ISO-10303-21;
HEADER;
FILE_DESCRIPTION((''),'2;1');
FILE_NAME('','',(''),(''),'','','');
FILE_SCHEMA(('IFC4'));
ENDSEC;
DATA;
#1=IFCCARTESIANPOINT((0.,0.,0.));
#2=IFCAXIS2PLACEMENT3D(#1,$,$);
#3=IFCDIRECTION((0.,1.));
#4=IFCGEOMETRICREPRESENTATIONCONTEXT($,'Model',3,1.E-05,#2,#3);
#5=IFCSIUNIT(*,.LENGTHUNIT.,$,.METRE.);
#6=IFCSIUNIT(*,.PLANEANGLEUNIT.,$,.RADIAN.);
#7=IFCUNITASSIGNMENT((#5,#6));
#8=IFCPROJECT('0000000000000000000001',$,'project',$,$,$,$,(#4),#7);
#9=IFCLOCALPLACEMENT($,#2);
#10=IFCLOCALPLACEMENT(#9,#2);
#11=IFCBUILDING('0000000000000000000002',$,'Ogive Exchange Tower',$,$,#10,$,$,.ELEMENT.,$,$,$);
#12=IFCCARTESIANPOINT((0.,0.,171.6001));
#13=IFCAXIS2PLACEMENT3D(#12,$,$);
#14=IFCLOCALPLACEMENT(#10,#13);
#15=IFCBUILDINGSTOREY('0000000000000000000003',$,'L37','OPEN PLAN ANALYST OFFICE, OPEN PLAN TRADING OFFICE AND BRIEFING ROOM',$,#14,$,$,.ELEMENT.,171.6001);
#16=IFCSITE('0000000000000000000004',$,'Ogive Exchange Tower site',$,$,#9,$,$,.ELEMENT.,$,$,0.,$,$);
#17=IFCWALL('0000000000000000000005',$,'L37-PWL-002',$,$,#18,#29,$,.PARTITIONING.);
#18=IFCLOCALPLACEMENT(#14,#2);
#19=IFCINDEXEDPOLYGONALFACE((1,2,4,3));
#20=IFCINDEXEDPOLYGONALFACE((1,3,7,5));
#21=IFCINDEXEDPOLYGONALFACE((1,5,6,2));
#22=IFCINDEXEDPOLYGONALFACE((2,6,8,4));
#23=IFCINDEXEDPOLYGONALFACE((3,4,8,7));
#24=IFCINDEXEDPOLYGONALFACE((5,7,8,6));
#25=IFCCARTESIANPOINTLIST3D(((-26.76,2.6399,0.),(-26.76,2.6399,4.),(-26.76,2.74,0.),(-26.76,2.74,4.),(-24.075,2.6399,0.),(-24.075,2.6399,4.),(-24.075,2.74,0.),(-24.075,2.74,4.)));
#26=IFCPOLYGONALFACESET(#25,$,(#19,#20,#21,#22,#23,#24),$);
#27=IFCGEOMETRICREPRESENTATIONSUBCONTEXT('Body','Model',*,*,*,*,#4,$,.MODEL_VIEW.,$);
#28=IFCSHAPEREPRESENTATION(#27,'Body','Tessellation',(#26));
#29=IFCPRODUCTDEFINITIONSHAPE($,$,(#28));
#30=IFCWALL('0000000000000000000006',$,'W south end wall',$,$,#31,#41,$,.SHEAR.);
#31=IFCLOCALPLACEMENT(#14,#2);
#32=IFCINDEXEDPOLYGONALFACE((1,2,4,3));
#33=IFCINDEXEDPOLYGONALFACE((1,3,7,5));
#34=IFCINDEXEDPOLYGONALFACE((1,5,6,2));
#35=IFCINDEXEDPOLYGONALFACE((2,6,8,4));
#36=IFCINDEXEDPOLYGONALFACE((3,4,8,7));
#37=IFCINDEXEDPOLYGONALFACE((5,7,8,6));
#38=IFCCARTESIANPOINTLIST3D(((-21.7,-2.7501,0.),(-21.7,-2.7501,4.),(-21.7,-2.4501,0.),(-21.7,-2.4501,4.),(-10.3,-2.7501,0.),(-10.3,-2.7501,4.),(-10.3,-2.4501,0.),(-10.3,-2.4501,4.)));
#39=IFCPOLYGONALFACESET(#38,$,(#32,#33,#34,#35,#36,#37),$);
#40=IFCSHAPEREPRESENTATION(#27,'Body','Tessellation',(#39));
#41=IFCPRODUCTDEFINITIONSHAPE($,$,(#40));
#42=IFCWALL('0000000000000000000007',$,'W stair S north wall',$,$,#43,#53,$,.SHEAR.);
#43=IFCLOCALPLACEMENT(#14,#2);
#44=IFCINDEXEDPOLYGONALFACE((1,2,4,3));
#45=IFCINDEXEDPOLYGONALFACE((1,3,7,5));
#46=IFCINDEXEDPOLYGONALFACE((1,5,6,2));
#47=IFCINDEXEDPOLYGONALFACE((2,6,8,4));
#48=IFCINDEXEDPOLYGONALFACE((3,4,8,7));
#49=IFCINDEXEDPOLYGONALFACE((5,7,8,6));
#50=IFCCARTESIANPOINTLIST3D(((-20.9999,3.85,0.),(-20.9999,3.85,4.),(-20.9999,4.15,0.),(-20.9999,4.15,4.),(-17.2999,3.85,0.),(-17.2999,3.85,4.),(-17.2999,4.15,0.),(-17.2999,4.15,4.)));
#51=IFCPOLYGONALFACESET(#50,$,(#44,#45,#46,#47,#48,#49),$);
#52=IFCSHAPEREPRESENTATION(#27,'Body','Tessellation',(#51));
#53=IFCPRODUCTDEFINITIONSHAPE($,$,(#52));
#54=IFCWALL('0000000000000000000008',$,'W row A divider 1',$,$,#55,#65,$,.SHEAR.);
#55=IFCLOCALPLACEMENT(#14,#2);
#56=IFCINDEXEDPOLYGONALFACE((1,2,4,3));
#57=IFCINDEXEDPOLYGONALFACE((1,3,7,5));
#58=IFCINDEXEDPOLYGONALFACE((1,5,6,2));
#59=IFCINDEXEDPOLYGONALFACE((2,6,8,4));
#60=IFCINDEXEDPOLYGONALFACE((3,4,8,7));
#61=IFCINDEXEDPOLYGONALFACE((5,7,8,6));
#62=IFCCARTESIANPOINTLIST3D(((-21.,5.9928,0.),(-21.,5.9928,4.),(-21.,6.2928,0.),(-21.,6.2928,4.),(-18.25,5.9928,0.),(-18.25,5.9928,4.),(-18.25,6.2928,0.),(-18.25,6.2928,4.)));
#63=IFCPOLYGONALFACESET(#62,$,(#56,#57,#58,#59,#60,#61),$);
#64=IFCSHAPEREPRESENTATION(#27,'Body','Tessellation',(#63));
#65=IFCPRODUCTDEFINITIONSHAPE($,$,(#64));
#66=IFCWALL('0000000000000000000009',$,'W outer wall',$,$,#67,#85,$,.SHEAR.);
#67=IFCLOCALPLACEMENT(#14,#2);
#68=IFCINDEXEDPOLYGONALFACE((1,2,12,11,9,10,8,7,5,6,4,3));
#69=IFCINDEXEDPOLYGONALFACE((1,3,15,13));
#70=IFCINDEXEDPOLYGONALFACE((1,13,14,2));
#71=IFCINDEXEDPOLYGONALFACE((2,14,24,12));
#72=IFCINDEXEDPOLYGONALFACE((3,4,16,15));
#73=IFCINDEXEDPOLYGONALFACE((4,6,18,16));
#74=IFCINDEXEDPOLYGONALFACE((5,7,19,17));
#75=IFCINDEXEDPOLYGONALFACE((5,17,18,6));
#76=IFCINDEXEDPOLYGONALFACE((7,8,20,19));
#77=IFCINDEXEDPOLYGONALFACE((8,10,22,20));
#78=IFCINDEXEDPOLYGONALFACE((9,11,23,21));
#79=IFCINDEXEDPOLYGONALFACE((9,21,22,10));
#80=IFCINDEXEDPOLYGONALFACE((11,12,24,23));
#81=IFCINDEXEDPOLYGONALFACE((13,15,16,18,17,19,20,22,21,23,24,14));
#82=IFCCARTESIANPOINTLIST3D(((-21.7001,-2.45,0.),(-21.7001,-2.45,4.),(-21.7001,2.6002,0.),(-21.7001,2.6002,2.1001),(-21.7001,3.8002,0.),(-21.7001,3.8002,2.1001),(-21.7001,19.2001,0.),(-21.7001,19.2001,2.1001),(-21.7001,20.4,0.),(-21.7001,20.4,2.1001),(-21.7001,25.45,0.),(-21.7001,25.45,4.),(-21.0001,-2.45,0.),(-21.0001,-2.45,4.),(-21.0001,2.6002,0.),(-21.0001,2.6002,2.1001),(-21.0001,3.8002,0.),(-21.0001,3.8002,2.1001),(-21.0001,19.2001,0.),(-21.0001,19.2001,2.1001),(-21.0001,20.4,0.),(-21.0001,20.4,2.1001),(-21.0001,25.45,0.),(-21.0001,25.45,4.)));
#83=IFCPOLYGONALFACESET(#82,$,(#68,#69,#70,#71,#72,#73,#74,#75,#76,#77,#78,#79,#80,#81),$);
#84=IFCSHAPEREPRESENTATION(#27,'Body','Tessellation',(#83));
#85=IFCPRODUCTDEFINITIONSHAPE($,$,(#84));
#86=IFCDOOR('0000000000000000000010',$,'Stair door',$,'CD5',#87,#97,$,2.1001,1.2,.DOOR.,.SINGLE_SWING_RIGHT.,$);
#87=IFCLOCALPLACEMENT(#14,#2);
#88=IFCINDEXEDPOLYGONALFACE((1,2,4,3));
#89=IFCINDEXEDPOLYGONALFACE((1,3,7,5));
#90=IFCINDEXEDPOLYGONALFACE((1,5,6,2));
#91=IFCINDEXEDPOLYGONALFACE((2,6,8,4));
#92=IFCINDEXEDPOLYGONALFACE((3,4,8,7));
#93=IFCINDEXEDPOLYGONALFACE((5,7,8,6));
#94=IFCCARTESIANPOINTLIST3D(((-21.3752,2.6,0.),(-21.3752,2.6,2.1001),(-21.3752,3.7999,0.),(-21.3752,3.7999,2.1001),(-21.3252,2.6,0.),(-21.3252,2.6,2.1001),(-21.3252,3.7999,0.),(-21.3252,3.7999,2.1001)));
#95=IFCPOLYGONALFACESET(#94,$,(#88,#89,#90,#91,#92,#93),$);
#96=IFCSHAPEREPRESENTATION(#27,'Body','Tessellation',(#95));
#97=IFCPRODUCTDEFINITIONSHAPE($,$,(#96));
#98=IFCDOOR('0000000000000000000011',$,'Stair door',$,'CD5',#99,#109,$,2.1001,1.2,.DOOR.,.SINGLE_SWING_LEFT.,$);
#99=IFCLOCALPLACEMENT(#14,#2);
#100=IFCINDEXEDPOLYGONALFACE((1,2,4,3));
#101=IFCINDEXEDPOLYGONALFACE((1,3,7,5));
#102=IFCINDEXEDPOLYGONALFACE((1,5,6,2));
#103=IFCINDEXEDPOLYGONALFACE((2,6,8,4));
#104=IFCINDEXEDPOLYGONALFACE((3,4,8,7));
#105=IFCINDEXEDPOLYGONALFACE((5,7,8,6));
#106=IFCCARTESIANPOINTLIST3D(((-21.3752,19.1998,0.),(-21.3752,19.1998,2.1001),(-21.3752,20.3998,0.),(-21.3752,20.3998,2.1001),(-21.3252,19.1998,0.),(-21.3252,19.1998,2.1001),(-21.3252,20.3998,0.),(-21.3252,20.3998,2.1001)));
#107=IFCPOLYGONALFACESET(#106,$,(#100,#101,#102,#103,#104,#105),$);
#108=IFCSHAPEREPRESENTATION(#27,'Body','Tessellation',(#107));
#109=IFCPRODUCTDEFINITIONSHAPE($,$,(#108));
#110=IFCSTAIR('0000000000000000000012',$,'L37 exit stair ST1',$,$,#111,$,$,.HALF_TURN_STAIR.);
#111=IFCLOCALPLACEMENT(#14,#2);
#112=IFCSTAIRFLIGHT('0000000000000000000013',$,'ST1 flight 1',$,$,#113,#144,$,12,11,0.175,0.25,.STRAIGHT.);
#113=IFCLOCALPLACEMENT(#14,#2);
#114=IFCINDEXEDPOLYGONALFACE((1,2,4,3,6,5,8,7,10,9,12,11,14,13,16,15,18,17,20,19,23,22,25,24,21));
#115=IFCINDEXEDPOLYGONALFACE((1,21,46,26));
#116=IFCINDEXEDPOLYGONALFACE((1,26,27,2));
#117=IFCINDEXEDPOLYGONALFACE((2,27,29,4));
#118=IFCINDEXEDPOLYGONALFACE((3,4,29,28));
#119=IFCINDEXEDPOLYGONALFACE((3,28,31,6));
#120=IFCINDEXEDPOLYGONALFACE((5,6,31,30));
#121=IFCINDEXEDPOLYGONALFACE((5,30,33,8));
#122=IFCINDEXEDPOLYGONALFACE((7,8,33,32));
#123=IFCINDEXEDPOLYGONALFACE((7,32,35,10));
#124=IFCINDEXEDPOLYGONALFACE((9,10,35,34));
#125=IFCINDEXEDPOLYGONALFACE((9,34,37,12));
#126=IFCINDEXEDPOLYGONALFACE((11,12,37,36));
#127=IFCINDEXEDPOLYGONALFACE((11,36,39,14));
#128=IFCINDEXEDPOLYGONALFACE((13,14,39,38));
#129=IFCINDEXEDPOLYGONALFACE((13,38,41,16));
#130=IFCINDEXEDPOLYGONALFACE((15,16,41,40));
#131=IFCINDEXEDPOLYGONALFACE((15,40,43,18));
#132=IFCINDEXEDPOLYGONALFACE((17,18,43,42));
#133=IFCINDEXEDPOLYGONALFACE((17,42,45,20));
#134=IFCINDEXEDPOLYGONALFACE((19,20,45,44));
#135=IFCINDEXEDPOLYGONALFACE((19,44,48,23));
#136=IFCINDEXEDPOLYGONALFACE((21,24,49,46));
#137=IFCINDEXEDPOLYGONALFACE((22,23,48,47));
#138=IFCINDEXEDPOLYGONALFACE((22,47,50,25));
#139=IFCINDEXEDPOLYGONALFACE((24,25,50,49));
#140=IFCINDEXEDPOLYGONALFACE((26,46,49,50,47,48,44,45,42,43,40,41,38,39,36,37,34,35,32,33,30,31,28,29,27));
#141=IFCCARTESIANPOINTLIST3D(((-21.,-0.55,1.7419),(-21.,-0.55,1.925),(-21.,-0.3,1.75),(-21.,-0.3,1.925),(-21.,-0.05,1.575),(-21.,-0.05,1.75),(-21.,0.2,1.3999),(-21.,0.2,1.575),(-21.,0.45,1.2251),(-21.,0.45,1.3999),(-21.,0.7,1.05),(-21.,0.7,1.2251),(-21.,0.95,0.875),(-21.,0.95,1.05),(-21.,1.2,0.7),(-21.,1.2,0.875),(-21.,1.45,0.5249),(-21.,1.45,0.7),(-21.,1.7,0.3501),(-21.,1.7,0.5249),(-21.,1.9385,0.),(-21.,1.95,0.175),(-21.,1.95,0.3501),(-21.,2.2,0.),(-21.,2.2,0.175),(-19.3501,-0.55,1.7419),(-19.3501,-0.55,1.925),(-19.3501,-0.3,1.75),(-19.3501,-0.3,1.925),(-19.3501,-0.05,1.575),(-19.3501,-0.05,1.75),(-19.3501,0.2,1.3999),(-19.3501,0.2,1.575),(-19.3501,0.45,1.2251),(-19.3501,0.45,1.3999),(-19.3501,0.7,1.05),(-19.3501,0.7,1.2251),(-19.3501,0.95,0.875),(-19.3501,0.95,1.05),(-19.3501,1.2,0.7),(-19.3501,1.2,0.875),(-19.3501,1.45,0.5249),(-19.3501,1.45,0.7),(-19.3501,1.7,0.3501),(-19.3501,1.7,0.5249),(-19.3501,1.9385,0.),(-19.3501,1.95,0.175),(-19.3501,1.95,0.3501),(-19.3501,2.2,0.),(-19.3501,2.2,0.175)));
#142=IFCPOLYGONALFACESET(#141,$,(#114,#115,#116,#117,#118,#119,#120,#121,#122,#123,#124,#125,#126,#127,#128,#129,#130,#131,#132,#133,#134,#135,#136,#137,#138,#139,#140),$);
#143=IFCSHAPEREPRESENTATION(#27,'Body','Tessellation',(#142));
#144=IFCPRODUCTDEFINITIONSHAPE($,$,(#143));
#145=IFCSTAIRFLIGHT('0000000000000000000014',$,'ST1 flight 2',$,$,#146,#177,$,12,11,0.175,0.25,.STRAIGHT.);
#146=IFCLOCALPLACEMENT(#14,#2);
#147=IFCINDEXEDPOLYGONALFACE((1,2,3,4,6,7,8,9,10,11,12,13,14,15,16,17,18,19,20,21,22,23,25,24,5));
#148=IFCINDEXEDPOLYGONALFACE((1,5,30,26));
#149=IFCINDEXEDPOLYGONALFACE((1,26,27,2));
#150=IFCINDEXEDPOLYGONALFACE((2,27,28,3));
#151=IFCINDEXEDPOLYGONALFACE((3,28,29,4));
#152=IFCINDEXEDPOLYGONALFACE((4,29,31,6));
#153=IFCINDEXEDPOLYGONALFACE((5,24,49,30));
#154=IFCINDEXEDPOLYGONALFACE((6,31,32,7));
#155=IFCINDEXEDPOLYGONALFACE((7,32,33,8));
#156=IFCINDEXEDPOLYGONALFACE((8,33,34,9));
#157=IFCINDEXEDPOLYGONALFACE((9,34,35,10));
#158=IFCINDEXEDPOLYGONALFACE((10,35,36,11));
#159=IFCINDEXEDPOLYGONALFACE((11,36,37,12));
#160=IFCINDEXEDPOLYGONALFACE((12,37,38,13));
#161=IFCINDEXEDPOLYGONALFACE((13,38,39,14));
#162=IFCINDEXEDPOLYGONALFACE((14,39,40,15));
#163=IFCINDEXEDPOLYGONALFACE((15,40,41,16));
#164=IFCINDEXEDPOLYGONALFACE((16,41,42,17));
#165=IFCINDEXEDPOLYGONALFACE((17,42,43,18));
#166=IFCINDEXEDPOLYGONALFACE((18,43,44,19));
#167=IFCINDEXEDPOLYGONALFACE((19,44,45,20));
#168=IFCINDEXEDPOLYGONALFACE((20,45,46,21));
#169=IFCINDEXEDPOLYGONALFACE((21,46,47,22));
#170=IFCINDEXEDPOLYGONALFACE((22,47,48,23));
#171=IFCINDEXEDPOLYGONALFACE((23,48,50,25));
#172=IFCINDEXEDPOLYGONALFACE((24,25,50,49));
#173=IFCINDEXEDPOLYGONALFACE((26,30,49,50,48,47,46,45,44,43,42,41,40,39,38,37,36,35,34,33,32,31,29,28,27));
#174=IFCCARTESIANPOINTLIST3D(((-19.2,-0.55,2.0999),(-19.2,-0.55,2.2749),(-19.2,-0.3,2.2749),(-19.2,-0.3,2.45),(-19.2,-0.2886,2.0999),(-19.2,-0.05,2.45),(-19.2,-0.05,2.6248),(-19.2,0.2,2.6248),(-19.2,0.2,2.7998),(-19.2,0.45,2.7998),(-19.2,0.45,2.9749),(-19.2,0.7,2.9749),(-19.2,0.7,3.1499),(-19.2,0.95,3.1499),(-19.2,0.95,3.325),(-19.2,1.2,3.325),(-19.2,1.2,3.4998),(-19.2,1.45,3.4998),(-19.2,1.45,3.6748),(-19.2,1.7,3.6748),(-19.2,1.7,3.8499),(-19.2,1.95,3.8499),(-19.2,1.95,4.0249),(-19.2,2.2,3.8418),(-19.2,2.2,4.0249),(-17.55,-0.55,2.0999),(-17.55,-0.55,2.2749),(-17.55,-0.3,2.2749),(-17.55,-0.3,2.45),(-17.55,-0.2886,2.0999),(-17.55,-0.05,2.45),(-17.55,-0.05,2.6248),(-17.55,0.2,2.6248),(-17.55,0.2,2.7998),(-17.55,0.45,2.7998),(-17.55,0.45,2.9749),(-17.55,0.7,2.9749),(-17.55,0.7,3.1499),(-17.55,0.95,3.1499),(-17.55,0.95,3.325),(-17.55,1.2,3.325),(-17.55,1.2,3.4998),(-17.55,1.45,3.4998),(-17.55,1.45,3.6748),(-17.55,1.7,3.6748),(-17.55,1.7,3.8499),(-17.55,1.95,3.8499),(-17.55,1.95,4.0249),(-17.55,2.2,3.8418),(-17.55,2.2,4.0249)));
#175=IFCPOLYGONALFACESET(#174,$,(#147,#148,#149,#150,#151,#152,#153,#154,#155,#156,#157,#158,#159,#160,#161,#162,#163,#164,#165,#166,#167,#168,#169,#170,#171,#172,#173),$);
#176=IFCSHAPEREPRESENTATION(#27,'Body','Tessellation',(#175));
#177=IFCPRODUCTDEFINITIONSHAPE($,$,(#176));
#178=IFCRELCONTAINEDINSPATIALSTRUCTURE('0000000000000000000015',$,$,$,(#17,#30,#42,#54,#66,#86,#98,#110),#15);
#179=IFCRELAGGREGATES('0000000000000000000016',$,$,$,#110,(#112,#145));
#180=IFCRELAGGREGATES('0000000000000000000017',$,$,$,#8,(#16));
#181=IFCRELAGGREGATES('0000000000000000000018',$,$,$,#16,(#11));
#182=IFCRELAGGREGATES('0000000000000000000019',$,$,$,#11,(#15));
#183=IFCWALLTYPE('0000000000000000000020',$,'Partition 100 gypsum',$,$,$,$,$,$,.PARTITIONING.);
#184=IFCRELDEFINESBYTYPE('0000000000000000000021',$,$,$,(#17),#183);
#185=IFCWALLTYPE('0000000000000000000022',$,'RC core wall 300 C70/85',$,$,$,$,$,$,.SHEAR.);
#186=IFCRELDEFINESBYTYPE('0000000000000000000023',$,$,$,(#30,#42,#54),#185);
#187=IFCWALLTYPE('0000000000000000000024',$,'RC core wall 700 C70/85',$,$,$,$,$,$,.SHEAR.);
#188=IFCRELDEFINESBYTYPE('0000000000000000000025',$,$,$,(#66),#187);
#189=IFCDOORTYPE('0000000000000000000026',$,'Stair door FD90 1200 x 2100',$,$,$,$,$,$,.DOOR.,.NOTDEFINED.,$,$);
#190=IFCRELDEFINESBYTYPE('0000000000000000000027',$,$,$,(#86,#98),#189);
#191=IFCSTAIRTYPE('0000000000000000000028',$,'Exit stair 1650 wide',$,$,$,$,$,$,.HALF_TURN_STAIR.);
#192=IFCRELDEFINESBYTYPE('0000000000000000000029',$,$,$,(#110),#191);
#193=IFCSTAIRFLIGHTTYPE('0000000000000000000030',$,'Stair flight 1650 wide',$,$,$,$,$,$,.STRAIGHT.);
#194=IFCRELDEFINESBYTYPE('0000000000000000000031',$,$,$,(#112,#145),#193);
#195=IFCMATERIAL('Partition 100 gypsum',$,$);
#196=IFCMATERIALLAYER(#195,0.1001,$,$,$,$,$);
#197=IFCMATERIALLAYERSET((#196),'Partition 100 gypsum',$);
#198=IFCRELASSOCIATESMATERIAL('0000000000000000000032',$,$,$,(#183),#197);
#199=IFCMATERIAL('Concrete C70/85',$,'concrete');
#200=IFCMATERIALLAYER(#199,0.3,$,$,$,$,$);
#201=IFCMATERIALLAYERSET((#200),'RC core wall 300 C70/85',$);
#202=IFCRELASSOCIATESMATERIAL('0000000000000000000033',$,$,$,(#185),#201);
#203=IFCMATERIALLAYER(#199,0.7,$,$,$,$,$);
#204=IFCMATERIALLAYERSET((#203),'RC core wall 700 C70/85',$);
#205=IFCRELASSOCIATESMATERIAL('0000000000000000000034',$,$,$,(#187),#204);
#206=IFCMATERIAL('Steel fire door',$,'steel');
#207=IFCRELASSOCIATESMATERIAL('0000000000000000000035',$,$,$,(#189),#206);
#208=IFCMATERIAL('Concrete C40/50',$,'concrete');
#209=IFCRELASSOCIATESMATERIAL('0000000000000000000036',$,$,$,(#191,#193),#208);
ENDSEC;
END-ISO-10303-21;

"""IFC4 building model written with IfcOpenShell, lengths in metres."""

from ifc_helpers import new_model, si_unit, direction, frame, frame_2d, origin, place, context, subcontext, project, spatial, polyline, rectangle, outline, extrude, material, layer, layer_set, type_object, element, fill, aggregate, save


model = new_model("IFC4")

# Units and contexts
model_context = context("Model", 3, precision=1e-05, world=origin(), true_north=direction((0.0, 1.0)))
body_context = subcontext(model_context, "Body", "Model", "MODEL_VIEW")
ifc_project = project(units=[si_unit("LENGTHUNIT", "METRE"), si_unit("PLANEANGLEUNIT", "RADIAN")], contexts=[model_context])

# Site, building, storey
site_placement = place(None, origin())
site = spatial("IfcSite", under=ifc_project, at=site_placement, Name="Ogive Exchange Tower site", CompositionType="ELEMENT", RefElevation=0.0)
building_placement = place(site_placement, origin())
building = spatial("IfcBuilding", under=site, at=building_placement, Name="Ogive Exchange Tower", CompositionType="ELEMENT")
storey_placement = place(building_placement, frame((0.0, 0.0, 171.6001)))
storey = spatial("IfcBuildingStorey", under=building, at=storey_placement, Name="L37", Description="OPEN PLAN ANALYST OFFICE, OPEN PLAN TRADING OFFICE AND BRIEFING ROOM", CompositionType="ELEMENT", Elevation=171.6001)

# Walls
ifc_material_1 = material(Name="Partition 100 gypsum")
ifc_layer_1 = layer(ifc_material_1, 0.1001)
ifc_layer_set_1 = layer_set([ifc_layer_1], Name="Partition 100 gypsum")
wall_type_1 = type_object("IfcWallType", Name="Partition 100 gypsum", PredefinedType="PARTITIONING", material=ifc_layer_set_1)
wall_1_placement = place(storey_placement, frame((-24.075, 2.6899, 0.0), z_axis=(0.0, 0.0, 1.0), x_axis=(-1.0, 0.0, 0.0)))
element("IfcWall", 1, at=wall_1_placement, inside=storey, type_object=wall_type_1, Name="L37-PWL-002", PredefinedType="PARTITIONING", context=body_context, shape_type="SweptSolid", body=[
    extrude(rectangle(XDim=2.6851, YDim=0.1001, at=frame_2d((1.3425, 0.0))), origin(), (0.0, 0.0, 1.0), 4.0),
])
ifc_material_2 = material(Name="Concrete C70/85", Category="concrete")
ifc_layer_2 = layer(ifc_material_2, 0.3)
ifc_layer_set_2 = layer_set([ifc_layer_2], Name="RC core wall 300 C70/85")
wall_type_2 = type_object("IfcWallType", Name="RC core wall 300 C70/85", PredefinedType="SHEAR", material=ifc_layer_set_2)
wall_2_placement = place(storey_placement, frame((-21.7, -2.6001, 0.0), z_axis=(0.0, 0.0, 1.0), x_axis=(1.0, 0.0, 0.0)))
element("IfcWall", 2, at=wall_2_placement, inside=storey, type_object=wall_type_2, Name="W south end wall", PredefinedType="SHEAR", context=body_context, shape_type="SweptSolid", body=[
    extrude(rectangle(XDim=11.3999, YDim=0.3, at=frame_2d((5.7, 0.0))), origin(), (0.0, 0.0, 1.0), 4.0),
])
wall_3_placement = place(storey_placement, frame((-21.0, 4.0, 0.0), z_axis=(0.0, 0.0, 1.0), x_axis=(1.0, 0.0, 0.0)))
element("IfcWall", 3, at=wall_3_placement, inside=storey, type_object=wall_type_2, Name="W stair S north wall", PredefinedType="SHEAR", context=body_context, shape_type="SweptSolid", body=[
    extrude(rectangle(XDim=3.7, YDim=0.3, at=frame_2d((1.8501, 0.0))), origin(), (0.0, 0.0, 1.0), 4.0),
])
wall_4_placement = place(storey_placement, frame((-21.0, 6.1428, 0.0), z_axis=(0.0, 0.0, 1.0), x_axis=(1.0, 0.0, 0.0)))
element("IfcWall", 4, at=wall_4_placement, inside=storey, type_object=wall_type_2, Name="W row A divider 1", PredefinedType="SHEAR", context=body_context, shape_type="SweptSolid", body=[
    extrude(rectangle(XDim=2.75, YDim=0.3, at=frame_2d((1.375, 0.0))), origin(), (0.0, 0.0, 1.0), 4.0),
])

# Wall, openings, doors
ifc_layer_3 = layer(ifc_material_2, 0.7)
ifc_layer_set_3 = layer_set([ifc_layer_3], Name="RC core wall 700 C70/85")
wall_type_3 = type_object("IfcWallType", Name="RC core wall 700 C70/85", PredefinedType="SHEAR", material=ifc_layer_set_3)
wall_5_placement = place(storey_placement, frame((-21.3501, -2.45, 0.0), z_axis=(0.0, 0.0, 1.0), x_axis=(0.0, 1.0, 0.0)))
wall_5 = element("IfcWall", 5, at=wall_5_placement, inside=storey, type_object=wall_type_3, Name="W outer wall", PredefinedType="SHEAR", context=body_context, shape_type="SweptSolid", body=[
    extrude(rectangle(XDim=27.8999, YDim=0.7, at=frame_2d((13.95, 0.0))), origin(), (0.0, 0.0, 1.0), 4.0),
])
opening_1_placement = place(wall_5_placement, frame((5.05, 0.0, 0.0)))
opening_1 = element("IfcOpeningElement", 6, at=opening_1_placement, cuts=wall_5, PredefinedType="OPENING", context=body_context, shape_type="SweptSolid", body=[
    extrude(rectangle(XDim=1.2, YDim=2.1001, at=frame_2d((0.6001, 1.05))), frame((0.0, 0.3599, 0.0), z_axis=(0.0, -1.0, 0.0), x_axis=(1.0, 0.0, 0.0)), (0.0, 0.0, 1.0), 0.72),
])
opening_2_placement = place(wall_5_placement, frame((21.6499, 0.0, 0.0)))
opening_2 = element("IfcOpeningElement", 7, at=opening_2_placement, cuts=wall_5, PredefinedType="OPENING", context=body_context, shape_type="SweptSolid", body=[
    extrude(rectangle(XDim=1.2, YDim=2.1001, at=frame_2d((0.6001, 1.05))), frame((0.0, 0.3599, 0.0), z_axis=(0.0, -1.0, 0.0), x_axis=(1.0, 0.0, 0.0)), (0.0, 0.0, 1.0), 0.72),
])
ifc_material_3 = material(Name="Steel fire door", Category="steel")
door_type_1 = type_object("IfcDoorType", Name="Stair door FD90 1200 x 2100", OperationType="NOTDEFINED", PredefinedType="DOOR", material=ifc_material_3)
door_1_placement = place(opening_1_placement, frame((1.2, 0.0, 0.0), z_axis=(0.0, 0.0, 1.0), x_axis=(-1.0, 0.0, 0.0)))
door_1 = element("IfcDoor", 8, at=door_1_placement, inside=storey, type_object=door_type_1, Name="Stair door", ObjectType="CD5", OperationType="SINGLE_SWING_RIGHT", OverallHeight=2.1001, OverallWidth=1.2, PredefinedType="DOOR", context=body_context, shape_type="SweptSolid", body=[
    extrude(rectangle(XDim=1.2, YDim=2.1001, at=frame_2d((0.6001, 1.05))), frame((0.0, 0.0249, 0.0), z_axis=(0.0, -1.0, 0.0), x_axis=(1.0, 0.0, 0.0)), (0.0, 0.0, 1.0), 0.05),
])
fill(opening_1, door_1)
door_2_placement = place(opening_2_placement, frame((1.2, 0.0, 0.0), z_axis=(0.0, 0.0, 1.0), x_axis=(-1.0, 0.0, 0.0)))
door_2 = element("IfcDoor", 9, at=door_2_placement, inside=storey, type_object=door_type_1, Name="Stair door", ObjectType="CD5", OperationType="SINGLE_SWING_LEFT", OverallHeight=2.1001, OverallWidth=1.2, PredefinedType="DOOR", context=body_context, shape_type="SweptSolid", body=[
    extrude(rectangle(XDim=1.2, YDim=2.1001, at=frame_2d((0.6001, 1.05))), frame((0.0, 0.0249, 0.0), z_axis=(0.0, -1.0, 0.0), x_axis=(1.0, 0.0, 0.0)), (0.0, 0.0, 1.0), 0.05),
])
fill(opening_2, door_2)

# Stair, stair flights
ifc_material_4 = material(Name="Concrete C40/50", Category="concrete")
stair_type = type_object("IfcStairType", Name="Exit stair 1650 wide", PredefinedType="HALF_TURN_STAIR", material=ifc_material_4)
stair_placement = place(storey_placement, origin())
stair = element("IfcStair", 10, at=stair_placement, inside=storey, type_object=stair_type, Name="L37 exit stair ST1", PredefinedType="HALF_TURN_STAIR")
stair_flight_type = type_object("IfcStairFlightType", Name="Stair flight 1650 wide", PredefinedType="STRAIGHT", material=ifc_material_4)
stair_flight_1_placement = place(storey_placement, frame((-20.175, 2.2, 0.0), z_axis=(0.0, 0.0, 1.0), x_axis=(0.0, -1.0, 0.0)))
stair_flight_1 = element("IfcStairFlight", 11, at=stair_flight_1_placement, type_object=stair_flight_type, Name="ST1 flight 1", NumberOfRisers=12, NumberOfTreads=11, PredefinedType="STRAIGHT", RiserHeight=0.175, TreadLength=0.25, context=body_context, shape_type="SweptSolid", body=[
    extrude(outline(polyline([(0.0, 0.0), (0.0, 0.175), (0.25, 0.175), (0.25, 0.3501), (0.5, 0.3501), (0.5, 0.5249), (0.75, 0.5249), (0.75, 0.7), (1.0, 0.7), (1.0, 0.875), (1.25, 0.875), (1.25, 1.05), (1.5, 1.05), (1.5, 1.2251), (1.75, 1.2251), (1.75, 1.3999), (2.0, 1.3999), (2.0, 1.575), (2.25, 1.575), (2.25, 1.75), (2.5, 1.75), (2.5, 1.925), (2.75, 1.925), (2.75, 2.1001), (2.75, 1.7419), (0.2615, 0.0), (0.0, 0.0)])), frame((0.0, 0.825, 0.0), z_axis=(0.0, -1.0, 0.0), x_axis=(1.0, 0.0, 0.0)), (0.0, 0.0, 1.0), 1.6499),
])
stair_flight_2_placement = place(storey_placement, frame((-18.375, -0.55, 2.0999), z_axis=(0.0, 0.0, 1.0), x_axis=(0.0, 1.0, 0.0)))
stair_flight_2 = element("IfcStairFlight", 12, at=stair_flight_2_placement, type_object=stair_flight_type, Name="ST1 flight 2", NumberOfRisers=12, NumberOfTreads=11, PredefinedType="STRAIGHT", RiserHeight=0.175, TreadLength=0.25, context=body_context, shape_type="SweptSolid", body=[
    extrude(outline(polyline([(0.0, 0.0), (0.0, 0.175), (0.25, 0.175), (0.25, 0.3501), (0.5, 0.3501), (0.5, 0.5249), (0.75, 0.5249), (0.75, 0.7), (1.0, 0.7), (1.0, 0.875), (1.25, 0.875), (1.25, 1.05), (1.5, 1.05), (1.5, 1.2251), (1.75, 1.2251), (1.75, 1.3999), (2.0, 1.3999), (2.0, 1.575), (2.25, 1.575), (2.25, 1.75), (2.5, 1.75), (2.5, 1.925), (2.75, 1.925), (2.75, 2.1001), (2.75, 1.7419), (0.2615, 0.0), (0.0, 0.0)])), frame((0.0, 0.825, 0.0), z_axis=(0.0, -1.0, 0.0), x_axis=(1.0, 0.0, 0.0)), (0.0, 0.0, 1.0), 1.6499),
])
aggregate(stair, [stair_flight_1, stair_flight_2])

save(model, "model.ifc")
